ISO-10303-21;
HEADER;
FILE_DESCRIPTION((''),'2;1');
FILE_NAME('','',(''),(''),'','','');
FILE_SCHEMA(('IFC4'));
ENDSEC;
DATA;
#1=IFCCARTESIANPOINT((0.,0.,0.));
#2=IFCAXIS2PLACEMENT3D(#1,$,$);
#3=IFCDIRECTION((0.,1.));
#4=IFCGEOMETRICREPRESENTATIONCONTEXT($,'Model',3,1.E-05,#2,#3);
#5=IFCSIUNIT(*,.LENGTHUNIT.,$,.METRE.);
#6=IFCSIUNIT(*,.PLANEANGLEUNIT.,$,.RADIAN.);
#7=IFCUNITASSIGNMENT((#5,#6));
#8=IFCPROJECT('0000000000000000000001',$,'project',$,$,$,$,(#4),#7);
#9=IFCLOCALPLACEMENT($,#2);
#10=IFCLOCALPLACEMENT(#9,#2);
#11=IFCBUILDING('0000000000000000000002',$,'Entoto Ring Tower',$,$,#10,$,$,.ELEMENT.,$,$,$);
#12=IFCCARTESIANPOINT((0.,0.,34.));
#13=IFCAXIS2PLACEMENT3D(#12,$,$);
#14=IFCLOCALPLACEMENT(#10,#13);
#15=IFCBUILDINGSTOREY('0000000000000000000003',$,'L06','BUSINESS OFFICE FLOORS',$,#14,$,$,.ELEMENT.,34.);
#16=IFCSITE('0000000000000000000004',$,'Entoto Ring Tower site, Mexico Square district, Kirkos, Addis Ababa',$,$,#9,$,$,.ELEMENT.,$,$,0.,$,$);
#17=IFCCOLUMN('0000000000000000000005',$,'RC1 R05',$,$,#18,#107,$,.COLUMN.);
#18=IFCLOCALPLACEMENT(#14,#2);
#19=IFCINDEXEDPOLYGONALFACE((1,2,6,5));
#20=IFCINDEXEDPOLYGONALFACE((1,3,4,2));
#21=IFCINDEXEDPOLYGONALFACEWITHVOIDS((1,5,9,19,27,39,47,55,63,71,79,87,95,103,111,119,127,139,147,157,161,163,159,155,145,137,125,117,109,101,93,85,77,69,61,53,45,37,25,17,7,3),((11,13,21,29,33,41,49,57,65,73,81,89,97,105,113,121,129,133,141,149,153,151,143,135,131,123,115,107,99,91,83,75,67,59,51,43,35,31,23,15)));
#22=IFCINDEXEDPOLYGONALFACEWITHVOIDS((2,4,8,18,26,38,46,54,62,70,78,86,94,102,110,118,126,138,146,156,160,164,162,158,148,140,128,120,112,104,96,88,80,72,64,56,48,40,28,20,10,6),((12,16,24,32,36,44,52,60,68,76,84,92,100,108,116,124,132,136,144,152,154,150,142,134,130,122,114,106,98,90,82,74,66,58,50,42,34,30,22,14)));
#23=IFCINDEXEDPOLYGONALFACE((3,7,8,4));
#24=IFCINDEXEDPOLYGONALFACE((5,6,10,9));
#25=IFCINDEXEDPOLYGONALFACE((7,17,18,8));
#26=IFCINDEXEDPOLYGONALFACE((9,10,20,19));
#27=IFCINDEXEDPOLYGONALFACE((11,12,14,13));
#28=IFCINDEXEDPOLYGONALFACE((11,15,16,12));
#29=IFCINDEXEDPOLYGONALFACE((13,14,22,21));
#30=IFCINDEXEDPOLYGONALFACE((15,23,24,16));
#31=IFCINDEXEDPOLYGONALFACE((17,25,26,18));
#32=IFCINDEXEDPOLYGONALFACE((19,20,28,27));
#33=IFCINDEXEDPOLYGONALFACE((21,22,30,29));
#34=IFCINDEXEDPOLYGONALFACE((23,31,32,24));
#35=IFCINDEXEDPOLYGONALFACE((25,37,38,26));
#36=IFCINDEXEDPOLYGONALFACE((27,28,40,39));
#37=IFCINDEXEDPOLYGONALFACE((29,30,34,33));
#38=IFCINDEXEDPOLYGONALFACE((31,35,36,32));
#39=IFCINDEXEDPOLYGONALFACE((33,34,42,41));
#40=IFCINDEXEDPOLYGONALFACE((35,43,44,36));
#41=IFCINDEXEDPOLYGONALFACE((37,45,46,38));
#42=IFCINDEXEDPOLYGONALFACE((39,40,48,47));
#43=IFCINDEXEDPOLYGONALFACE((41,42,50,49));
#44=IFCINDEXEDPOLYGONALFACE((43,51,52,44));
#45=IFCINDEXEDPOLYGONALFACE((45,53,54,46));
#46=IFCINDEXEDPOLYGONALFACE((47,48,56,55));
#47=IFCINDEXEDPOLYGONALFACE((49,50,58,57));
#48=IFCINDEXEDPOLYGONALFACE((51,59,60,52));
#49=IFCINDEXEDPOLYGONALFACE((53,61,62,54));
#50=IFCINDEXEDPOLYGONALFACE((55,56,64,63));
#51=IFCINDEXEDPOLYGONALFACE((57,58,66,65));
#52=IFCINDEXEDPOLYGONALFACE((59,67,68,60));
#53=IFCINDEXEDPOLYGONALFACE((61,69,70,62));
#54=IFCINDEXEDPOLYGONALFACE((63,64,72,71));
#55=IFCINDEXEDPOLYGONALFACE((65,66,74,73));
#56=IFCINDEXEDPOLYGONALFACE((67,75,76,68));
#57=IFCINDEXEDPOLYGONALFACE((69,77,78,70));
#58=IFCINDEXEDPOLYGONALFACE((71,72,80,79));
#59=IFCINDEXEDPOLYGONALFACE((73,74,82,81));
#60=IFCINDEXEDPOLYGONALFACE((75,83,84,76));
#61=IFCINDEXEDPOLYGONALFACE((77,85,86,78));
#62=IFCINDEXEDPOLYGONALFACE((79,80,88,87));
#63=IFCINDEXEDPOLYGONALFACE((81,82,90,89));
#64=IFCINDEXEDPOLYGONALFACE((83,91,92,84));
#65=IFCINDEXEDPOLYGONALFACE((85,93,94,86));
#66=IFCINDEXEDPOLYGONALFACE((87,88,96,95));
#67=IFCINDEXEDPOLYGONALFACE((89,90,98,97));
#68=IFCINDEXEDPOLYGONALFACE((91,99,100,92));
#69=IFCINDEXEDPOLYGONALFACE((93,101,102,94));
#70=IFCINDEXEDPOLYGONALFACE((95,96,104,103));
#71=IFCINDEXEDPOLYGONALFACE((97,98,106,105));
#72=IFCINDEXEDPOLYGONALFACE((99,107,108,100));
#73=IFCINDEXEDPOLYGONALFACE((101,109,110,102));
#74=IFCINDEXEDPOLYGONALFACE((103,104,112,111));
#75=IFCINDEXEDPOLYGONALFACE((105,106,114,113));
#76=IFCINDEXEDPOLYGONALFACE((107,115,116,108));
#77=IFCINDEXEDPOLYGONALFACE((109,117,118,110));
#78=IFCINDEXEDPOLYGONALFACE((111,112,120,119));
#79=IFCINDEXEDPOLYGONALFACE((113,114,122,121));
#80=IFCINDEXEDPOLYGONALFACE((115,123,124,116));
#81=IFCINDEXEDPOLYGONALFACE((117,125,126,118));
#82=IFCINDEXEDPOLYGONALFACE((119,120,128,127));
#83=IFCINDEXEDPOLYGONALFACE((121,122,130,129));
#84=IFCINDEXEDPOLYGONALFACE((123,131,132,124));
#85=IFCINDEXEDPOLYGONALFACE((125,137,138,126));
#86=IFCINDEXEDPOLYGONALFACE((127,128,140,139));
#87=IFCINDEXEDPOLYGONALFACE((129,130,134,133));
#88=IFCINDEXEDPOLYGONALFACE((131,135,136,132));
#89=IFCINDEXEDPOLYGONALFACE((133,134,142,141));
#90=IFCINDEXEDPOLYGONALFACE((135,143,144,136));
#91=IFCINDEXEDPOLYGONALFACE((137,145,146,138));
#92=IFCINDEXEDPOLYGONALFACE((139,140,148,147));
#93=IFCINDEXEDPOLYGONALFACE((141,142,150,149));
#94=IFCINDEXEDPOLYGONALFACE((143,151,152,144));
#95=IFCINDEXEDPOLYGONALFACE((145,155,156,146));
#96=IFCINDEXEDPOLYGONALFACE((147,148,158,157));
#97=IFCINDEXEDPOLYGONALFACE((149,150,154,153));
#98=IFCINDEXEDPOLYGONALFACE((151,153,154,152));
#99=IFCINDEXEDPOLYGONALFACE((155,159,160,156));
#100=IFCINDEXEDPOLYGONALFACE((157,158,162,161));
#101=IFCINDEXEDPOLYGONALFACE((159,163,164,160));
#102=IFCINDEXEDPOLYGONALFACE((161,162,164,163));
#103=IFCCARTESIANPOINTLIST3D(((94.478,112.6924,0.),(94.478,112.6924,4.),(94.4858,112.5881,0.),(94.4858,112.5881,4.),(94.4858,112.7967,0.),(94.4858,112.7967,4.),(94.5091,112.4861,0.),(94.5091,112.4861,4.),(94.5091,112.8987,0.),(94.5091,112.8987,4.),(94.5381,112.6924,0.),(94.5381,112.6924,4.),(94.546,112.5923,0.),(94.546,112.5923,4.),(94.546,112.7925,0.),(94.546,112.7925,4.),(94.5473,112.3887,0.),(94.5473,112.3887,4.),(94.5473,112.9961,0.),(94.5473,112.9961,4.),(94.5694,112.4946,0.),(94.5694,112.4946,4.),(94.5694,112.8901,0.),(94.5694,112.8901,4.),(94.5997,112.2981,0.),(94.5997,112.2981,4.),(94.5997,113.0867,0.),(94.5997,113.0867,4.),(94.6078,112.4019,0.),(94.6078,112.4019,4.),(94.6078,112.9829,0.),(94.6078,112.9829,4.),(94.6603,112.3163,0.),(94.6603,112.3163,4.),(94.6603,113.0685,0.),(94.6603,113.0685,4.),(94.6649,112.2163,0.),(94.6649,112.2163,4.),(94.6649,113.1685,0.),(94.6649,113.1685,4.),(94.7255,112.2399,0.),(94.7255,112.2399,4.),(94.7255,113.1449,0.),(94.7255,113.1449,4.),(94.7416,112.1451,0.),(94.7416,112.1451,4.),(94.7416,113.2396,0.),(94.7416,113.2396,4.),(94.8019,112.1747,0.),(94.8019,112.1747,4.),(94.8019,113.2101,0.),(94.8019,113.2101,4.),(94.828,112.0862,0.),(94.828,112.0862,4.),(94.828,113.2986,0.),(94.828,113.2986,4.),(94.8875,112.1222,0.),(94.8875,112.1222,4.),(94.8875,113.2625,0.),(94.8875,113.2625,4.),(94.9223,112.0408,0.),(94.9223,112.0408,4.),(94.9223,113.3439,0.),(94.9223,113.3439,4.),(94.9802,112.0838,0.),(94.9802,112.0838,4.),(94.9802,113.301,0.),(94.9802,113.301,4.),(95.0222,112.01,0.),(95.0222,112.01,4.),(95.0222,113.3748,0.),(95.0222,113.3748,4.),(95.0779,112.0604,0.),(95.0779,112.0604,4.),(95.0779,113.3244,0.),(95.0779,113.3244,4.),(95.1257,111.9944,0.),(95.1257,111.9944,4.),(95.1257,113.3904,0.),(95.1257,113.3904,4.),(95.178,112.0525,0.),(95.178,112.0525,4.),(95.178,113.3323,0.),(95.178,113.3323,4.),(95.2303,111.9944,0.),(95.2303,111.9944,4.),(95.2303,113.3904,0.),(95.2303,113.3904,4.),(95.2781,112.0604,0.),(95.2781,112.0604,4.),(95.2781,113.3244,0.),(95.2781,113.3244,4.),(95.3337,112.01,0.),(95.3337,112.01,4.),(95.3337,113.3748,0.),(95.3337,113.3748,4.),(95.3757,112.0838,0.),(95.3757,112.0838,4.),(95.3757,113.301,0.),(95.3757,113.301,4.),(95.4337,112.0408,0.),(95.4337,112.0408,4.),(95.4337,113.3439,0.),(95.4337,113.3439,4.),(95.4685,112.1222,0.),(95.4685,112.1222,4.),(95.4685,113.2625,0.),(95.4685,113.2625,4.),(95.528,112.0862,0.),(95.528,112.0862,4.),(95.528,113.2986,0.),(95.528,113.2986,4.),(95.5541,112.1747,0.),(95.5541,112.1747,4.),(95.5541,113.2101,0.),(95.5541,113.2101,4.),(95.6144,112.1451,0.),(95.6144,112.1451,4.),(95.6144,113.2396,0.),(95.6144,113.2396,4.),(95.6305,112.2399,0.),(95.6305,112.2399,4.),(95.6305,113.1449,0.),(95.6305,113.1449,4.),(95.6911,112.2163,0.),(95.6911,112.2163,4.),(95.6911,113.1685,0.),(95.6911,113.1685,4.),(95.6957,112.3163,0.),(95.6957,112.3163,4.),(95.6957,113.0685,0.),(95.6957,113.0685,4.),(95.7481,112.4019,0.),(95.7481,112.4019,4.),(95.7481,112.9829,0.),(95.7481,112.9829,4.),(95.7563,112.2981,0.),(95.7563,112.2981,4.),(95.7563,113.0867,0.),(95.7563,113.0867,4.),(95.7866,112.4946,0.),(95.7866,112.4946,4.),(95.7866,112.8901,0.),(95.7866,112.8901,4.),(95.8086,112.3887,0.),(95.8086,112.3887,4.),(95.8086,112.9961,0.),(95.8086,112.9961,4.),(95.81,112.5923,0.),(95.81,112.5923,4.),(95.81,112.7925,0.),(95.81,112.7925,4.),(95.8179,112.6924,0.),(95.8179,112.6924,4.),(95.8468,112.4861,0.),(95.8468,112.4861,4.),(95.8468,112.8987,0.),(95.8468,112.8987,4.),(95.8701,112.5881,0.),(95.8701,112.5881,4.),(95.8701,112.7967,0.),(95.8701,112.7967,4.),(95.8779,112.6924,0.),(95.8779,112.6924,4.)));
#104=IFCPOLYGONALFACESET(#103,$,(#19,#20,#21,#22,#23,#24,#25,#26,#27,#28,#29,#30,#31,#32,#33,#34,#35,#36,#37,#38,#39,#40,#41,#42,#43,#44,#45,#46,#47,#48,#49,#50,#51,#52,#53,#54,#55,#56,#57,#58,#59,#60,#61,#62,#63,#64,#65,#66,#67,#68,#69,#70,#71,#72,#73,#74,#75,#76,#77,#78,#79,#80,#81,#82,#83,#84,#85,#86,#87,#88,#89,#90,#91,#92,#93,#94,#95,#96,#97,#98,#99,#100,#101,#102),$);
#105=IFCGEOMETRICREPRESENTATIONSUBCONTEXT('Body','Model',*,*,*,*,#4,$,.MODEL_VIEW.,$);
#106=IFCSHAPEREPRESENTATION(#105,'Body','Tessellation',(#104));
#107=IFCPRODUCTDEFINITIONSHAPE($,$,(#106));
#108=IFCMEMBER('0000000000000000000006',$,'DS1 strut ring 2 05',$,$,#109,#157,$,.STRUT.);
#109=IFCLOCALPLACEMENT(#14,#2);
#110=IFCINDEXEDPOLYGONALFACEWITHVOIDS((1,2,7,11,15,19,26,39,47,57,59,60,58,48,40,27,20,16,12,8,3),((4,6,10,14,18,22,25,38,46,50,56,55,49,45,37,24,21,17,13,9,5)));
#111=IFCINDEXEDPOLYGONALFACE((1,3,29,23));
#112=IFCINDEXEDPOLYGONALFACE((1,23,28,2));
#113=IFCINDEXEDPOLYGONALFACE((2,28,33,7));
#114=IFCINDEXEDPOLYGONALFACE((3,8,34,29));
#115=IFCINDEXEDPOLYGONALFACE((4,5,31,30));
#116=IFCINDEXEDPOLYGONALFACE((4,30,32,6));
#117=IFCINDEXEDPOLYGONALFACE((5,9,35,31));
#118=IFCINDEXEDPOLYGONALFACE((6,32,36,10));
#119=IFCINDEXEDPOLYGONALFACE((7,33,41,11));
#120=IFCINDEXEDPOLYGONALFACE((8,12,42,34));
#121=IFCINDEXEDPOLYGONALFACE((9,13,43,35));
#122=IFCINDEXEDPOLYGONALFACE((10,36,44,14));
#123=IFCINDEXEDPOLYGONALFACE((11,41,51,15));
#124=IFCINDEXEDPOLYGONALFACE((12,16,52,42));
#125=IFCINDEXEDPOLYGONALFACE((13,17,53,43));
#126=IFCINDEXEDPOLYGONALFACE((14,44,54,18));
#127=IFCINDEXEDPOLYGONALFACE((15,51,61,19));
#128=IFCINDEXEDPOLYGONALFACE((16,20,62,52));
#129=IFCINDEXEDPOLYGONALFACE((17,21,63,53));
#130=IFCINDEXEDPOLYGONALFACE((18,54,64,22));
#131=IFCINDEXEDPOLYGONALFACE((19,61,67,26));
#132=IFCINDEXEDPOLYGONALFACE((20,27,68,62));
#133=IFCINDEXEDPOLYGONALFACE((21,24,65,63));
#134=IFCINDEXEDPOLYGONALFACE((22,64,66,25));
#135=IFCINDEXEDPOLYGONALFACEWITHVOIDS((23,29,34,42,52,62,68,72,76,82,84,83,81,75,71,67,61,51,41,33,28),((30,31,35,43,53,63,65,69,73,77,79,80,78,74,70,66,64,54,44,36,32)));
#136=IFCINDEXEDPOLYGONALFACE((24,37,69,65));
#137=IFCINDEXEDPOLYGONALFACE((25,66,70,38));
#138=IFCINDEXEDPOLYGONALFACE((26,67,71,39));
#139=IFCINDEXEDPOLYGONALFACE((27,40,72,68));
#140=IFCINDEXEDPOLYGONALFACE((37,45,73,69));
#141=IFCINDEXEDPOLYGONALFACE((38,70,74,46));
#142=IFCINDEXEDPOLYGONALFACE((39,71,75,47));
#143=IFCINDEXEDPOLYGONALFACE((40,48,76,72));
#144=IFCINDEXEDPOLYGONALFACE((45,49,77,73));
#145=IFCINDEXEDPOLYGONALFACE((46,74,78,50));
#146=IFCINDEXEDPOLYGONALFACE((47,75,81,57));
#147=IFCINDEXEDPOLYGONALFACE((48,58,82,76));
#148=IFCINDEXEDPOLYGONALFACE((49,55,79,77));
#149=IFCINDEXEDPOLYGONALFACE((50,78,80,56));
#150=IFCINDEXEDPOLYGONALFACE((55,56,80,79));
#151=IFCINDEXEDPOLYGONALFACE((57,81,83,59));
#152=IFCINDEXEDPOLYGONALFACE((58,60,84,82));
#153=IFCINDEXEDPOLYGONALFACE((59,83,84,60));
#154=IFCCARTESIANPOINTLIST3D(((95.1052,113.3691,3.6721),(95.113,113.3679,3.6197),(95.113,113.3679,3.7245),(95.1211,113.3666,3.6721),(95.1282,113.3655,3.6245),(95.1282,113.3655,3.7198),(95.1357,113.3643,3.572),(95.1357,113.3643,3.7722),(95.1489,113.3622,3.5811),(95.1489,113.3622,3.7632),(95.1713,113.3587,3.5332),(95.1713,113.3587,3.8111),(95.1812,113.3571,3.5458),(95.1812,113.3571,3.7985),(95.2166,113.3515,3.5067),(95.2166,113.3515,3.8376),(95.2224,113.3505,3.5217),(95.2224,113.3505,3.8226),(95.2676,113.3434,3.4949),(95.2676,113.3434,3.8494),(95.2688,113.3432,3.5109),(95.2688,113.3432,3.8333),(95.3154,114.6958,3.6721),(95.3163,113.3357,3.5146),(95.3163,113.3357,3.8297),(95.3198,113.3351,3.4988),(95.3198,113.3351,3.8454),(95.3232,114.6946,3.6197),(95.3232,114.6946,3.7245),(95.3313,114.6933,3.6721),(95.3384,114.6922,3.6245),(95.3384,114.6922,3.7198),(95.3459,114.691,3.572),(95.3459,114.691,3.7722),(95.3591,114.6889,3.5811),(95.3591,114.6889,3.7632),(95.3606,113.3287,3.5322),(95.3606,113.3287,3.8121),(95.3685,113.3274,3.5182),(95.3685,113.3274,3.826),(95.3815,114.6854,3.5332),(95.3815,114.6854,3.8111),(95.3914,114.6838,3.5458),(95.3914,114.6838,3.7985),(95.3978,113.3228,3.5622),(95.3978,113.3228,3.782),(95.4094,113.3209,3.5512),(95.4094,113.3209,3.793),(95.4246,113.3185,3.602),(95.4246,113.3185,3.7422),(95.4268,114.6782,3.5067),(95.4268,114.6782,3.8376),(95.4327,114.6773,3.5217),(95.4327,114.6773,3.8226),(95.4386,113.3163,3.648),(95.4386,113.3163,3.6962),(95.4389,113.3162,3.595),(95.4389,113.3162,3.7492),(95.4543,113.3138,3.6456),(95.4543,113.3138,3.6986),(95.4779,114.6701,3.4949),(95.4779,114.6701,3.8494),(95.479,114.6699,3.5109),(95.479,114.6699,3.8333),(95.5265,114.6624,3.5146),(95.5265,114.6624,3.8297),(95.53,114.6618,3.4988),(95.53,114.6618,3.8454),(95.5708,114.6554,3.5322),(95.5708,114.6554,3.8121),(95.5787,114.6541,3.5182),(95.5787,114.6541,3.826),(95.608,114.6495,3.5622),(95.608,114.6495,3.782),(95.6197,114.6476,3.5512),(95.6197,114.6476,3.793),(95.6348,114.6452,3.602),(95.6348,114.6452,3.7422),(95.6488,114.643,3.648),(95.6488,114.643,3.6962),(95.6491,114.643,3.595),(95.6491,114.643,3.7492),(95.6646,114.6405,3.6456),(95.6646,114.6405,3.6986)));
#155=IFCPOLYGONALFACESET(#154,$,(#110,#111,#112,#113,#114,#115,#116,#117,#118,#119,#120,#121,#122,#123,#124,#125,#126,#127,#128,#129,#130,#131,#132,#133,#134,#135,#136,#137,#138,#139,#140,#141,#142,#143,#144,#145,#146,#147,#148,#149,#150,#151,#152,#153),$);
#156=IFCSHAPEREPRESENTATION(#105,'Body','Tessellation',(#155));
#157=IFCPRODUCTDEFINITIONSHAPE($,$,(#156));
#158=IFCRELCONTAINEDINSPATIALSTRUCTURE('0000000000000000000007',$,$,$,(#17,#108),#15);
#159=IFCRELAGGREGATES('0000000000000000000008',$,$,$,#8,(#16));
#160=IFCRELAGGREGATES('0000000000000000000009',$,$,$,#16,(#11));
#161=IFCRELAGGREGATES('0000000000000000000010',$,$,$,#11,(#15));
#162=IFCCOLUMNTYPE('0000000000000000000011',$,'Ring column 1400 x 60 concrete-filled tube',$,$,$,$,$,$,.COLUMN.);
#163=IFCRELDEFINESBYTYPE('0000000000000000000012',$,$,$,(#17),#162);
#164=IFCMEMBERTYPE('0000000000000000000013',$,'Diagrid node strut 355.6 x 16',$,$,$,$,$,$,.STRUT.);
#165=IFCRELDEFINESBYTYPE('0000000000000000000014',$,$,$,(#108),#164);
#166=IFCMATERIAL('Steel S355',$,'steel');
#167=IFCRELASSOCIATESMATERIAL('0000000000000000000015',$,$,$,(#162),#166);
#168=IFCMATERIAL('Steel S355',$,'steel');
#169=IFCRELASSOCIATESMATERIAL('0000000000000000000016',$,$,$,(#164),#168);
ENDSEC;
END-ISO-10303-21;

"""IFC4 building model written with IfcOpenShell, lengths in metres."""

from ifc_helpers import new_model, si_unit, direction, frame, origin, origin_2d, place, context, subcontext, project, spatial, circle, hollow_circle, extrude, material, material_profile, profile_set, type_object, element, save


model = new_model("IFC4")

# Units and contexts
model_context = context("Model", 3, precision=1e-05, world=origin(), true_north=direction((0.0, 1.0)))
body_context = subcontext(model_context, "Body", "Model", "MODEL_VIEW")
ifc_project = project(units=[si_unit("LENGTHUNIT", "METRE"), si_unit("PLANEANGLEUNIT", "RADIAN")], contexts=[model_context])

# Site, building, storey
site_placement = place(None, origin())
site = spatial("IfcSite", under=ifc_project, at=site_placement, Name="Entoto Ring Tower site, Mexico Square district, Kirkos, Addis Ababa", CompositionType="ELEMENT", RefElevation=0.0)
building_placement = place(site_placement, origin())
building = spatial("IfcBuilding", under=site, at=building_placement, Name="Entoto Ring Tower", CompositionType="ELEMENT")
storey_placement = place(building_placement, frame((0.0, 0.0, 34.0)))
storey = spatial("IfcBuildingStorey", under=building, at=storey_placement, Name="L06", Description="BUSINESS OFFICE FLOORS", CompositionType="ELEMENT", Elevation=34.0)

# Column
ifc_material_1 = material(Name="Steel S355", Category="steel")
ifc_material_profile_1 = material_profile(ifc_material_1, hollow_circle(Radius=0.7, WallThickness=0.0601, at=origin_2d()), Name="CHS 1400 x 60")
ifc_material_2 = material(Name="Concrete C60/75", Category="concrete")
ifc_material_profile_2 = material_profile(ifc_material_2, circle(Radius=0.6399, at=origin_2d()), Name="Concrete C60/75 infill")
ifc_profile_set_1 = profile_set([ifc_material_profile_1, ifc_material_profile_2], Name="Steel S355")
column_type = type_object("IfcColumnType", Name="Ring column 1400 x 60 concrete-filled tube", PredefinedType="COLUMN", material=ifc_profile_set_1)
column_placement = place(storey_placement, frame((95.178, 112.6924, 0.0), z_axis=(0.0, 0.0, 1.0), x_axis=(1.0, 0.0, 0.0)))
element("IfcColumn", 1, at=column_placement, inside=storey, type_object=column_type, Name="RC1 R05", PredefinedType="COLUMN", context=body_context, shape_type="SweptSolid", body=[
    extrude(hollow_circle(Radius=0.7, WallThickness=0.0601, at=origin_2d()), origin(), (0.0, 0.0, 1.0), 4.0),
])

# Member
ifc_material_3 = material(Name="Steel S355", Category="steel")
ifc_material_profile_3 = material_profile(ifc_material_3, hollow_circle(Radius=0.1777, WallThickness=0.0161, at=origin_2d()), Name="CHS 355.6 x 16")
ifc_material_4 = material(Name="Concrete C60/75", Category="concrete")
ifc_material_profile_4 = material_profile(ifc_material_4, circle(Radius=0.1619, at=origin_2d()), Name="Concrete C60/75 infill")
ifc_profile_set_2 = profile_set([ifc_material_profile_3, ifc_material_profile_4], Name="Steel S355")
member_type = type_object("IfcMemberType", Name="Diagrid node strut 355.6 x 16", PredefinedType="STRUT", material=ifc_profile_set_2)
member_placement = place(storey_placement, frame((95.2808, 113.3413, 3.6721), z_axis=(0.156495, 0.987679, 0.0), x_axis=(-0.987679, 0.156495, 0.0)))
element("IfcMember", 2, at=member_placement, inside=storey, type_object=member_type, Name="DS1 strut ring 2 05", PredefinedType="STRUT", context=body_context, shape_type="SweptSolid", body=[
    extrude(hollow_circle(Radius=0.1777, WallThickness=0.0161, at=origin_2d()), origin(), (0.0, 0.0, 1.0), 1.3433),
])

save(model, "model.ifc")
